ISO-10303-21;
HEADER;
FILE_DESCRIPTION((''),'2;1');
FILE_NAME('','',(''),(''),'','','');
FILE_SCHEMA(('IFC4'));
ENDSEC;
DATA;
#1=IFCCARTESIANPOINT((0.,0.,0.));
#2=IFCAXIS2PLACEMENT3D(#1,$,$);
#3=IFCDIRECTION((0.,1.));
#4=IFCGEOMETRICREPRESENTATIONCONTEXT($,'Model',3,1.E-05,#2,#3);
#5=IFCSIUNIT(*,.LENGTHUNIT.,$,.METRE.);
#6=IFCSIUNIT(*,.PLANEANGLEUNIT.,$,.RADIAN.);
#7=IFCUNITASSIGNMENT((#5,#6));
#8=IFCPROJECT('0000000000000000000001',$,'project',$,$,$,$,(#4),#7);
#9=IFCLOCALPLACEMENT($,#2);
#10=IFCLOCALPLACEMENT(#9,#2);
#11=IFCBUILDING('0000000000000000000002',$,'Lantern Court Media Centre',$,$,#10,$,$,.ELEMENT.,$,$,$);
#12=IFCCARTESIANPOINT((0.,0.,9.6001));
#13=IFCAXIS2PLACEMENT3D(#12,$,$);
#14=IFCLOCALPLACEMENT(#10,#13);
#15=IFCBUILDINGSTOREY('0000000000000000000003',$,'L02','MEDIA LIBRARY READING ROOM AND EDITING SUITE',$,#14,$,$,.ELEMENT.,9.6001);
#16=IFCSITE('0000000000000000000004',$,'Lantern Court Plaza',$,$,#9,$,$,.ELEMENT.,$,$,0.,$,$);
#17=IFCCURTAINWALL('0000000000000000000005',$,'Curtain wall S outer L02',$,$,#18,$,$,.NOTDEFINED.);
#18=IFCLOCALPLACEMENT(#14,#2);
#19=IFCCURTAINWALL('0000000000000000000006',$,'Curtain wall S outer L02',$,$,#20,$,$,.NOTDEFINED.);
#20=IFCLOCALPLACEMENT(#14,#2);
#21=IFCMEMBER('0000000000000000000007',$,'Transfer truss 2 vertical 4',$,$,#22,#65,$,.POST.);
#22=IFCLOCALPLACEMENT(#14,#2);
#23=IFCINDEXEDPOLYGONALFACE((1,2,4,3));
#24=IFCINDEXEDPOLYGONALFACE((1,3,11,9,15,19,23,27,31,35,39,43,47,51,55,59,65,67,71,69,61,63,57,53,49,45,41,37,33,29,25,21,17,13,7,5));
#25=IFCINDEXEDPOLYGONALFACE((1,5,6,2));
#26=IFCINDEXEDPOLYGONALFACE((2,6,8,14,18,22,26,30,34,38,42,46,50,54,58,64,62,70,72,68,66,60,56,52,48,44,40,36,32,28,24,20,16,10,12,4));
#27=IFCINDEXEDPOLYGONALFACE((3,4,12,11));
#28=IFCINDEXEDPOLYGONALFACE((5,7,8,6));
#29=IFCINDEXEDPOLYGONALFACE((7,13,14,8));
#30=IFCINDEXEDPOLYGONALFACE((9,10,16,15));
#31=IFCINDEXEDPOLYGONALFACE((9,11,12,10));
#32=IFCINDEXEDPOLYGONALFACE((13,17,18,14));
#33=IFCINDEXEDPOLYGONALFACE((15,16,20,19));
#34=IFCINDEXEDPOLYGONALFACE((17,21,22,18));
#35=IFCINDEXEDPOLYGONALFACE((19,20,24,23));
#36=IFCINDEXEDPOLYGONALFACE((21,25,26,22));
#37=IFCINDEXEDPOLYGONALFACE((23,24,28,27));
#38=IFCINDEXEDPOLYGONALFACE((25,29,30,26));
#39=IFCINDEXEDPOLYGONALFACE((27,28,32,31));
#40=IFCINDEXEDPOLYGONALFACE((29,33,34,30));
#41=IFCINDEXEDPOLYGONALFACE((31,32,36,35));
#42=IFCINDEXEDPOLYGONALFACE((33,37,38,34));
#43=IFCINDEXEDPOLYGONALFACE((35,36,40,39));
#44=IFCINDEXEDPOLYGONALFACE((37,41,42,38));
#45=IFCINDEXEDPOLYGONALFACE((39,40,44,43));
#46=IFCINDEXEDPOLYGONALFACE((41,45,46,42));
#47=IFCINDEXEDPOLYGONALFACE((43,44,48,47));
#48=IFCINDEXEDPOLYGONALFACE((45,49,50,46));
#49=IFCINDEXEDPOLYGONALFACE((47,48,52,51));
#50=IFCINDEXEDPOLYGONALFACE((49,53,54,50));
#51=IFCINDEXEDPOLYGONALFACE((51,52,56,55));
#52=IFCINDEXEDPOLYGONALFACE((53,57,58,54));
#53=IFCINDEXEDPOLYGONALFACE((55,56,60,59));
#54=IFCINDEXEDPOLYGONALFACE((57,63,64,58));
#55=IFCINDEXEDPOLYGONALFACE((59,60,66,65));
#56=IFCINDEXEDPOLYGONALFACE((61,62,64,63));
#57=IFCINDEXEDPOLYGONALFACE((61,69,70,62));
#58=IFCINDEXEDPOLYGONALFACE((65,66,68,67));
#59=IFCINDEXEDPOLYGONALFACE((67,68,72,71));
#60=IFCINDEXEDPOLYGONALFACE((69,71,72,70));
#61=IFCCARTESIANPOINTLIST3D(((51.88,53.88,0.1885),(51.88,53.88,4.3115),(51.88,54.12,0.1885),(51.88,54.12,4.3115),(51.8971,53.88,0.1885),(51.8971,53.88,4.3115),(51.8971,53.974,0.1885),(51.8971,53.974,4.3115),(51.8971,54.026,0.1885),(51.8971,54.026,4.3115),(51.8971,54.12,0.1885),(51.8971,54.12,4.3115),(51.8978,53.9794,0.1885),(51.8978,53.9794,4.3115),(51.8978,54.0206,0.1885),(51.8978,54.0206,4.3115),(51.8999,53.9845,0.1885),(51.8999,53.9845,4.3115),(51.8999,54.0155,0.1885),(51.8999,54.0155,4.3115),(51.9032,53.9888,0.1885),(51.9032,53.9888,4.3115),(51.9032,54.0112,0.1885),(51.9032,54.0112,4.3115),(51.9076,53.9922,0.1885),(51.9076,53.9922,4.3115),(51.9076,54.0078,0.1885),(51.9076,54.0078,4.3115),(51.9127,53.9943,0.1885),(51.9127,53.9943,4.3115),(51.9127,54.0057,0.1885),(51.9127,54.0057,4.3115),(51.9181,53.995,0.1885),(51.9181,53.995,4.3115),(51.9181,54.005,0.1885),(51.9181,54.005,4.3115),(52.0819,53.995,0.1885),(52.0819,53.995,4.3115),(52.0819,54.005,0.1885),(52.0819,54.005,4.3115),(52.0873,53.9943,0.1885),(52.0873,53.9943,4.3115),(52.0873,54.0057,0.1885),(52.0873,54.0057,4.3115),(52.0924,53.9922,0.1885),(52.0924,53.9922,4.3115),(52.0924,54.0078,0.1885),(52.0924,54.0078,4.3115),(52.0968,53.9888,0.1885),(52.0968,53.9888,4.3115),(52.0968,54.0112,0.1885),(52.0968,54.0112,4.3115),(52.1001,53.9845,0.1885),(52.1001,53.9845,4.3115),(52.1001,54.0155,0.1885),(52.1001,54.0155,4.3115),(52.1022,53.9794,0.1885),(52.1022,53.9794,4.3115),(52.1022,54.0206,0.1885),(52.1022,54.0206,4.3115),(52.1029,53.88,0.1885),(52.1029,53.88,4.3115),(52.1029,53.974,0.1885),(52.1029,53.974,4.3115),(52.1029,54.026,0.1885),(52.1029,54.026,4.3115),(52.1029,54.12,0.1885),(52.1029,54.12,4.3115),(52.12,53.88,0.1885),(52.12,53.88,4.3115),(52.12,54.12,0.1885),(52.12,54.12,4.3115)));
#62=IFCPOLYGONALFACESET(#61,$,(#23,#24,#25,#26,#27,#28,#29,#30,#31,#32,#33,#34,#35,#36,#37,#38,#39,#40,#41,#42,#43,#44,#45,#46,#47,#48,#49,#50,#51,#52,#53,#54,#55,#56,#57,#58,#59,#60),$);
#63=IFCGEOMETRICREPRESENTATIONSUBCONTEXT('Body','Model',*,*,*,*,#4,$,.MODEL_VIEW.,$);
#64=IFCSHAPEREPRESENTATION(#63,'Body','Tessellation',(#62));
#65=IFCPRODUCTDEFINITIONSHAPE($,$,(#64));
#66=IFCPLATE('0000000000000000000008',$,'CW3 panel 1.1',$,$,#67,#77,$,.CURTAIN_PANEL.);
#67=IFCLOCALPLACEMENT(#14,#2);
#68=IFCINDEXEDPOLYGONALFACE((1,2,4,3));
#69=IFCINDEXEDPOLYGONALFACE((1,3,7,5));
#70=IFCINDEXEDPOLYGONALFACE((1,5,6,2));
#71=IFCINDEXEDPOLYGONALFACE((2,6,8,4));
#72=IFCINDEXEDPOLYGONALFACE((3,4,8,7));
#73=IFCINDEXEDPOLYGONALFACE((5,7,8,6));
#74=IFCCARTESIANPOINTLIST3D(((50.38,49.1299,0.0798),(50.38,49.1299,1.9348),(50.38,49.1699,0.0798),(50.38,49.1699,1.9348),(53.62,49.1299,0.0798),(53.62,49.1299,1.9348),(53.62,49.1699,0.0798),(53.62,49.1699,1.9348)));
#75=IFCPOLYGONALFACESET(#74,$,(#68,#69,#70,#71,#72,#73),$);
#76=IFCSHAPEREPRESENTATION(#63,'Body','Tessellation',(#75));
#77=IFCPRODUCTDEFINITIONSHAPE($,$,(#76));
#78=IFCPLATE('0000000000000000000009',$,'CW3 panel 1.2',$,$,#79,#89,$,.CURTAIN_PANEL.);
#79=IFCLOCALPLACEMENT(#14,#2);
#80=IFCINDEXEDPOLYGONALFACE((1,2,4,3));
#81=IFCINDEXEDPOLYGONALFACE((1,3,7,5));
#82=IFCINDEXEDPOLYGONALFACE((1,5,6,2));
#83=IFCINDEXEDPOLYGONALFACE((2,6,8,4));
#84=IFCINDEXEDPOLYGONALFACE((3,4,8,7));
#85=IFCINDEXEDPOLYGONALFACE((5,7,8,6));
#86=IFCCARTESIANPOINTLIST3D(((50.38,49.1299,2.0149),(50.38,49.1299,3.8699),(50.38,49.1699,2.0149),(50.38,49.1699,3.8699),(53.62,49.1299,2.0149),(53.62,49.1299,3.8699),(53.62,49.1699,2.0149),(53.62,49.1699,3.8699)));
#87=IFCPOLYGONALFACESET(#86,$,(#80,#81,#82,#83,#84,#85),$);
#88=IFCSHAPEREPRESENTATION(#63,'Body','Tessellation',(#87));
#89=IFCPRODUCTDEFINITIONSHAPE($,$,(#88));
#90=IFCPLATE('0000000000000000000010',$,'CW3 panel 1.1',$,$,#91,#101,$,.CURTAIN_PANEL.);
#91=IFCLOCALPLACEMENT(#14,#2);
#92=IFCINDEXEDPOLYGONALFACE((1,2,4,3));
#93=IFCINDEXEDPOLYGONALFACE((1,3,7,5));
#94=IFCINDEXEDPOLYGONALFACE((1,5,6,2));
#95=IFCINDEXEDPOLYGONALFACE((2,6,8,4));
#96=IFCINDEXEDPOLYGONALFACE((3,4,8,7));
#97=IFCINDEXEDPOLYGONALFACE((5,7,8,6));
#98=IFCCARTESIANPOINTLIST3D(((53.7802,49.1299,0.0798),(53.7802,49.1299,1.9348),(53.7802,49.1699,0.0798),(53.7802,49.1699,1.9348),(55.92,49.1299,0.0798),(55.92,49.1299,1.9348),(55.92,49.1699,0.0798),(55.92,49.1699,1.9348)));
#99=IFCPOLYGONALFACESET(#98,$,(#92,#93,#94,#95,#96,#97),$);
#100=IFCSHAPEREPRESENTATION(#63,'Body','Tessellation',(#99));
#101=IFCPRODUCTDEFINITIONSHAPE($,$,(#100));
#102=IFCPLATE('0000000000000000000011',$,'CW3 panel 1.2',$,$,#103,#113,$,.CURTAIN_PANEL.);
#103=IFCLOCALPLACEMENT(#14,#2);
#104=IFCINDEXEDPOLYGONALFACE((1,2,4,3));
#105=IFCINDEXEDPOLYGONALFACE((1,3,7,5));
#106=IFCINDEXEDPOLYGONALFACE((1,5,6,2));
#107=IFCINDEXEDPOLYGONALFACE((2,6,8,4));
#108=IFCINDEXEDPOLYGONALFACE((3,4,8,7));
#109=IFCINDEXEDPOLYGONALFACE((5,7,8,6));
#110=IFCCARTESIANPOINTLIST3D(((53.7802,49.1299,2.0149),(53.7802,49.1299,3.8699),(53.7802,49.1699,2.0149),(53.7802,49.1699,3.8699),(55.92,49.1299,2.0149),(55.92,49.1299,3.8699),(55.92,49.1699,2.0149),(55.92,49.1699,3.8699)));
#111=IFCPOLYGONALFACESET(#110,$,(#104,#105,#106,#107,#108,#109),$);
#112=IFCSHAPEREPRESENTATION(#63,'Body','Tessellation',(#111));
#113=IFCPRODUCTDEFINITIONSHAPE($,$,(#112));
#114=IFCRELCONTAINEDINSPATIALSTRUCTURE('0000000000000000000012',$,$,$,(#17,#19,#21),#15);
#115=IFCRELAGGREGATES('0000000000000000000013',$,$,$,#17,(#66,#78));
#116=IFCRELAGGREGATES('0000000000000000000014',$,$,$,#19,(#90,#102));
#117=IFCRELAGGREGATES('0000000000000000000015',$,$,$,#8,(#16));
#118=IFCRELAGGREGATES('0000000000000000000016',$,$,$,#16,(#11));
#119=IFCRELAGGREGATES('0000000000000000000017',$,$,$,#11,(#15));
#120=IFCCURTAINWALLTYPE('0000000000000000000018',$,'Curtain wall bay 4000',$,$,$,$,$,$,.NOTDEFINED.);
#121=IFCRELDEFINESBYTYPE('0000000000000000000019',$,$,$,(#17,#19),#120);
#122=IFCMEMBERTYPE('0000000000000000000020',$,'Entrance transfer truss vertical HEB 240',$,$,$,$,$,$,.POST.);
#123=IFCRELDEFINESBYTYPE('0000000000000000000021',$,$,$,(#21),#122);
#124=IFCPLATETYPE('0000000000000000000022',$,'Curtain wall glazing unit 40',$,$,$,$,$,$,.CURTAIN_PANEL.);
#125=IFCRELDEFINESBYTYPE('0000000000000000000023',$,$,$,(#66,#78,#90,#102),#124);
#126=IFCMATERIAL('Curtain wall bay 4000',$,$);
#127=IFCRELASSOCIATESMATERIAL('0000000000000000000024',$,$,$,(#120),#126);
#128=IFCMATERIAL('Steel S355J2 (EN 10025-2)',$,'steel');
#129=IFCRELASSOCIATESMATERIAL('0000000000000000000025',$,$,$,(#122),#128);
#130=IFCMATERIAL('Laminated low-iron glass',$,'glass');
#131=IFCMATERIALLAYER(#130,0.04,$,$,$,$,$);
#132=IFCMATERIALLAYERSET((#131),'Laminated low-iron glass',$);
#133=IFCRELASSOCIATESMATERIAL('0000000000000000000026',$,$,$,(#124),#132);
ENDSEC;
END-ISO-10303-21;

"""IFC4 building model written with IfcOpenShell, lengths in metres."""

from ifc_helpers import new_model, si_unit, direction, frame, origin, origin_2d, place, context, subcontext, project, spatial, rectangle, i_section, extrude, material, layer, layer_set, material_profile, profile_set, type_object, element, aggregate, save


model = new_model("IFC4")

# Units and contexts
model_context = context("Model", 3, precision=1e-05, world=origin(), true_north=direction((0.0, 1.0)))
body_context = subcontext(model_context, "Body", "Model", "MODEL_VIEW")
ifc_project = project(units=[si_unit("LENGTHUNIT", "METRE"), si_unit("PLANEANGLEUNIT", "RADIAN")], contexts=[model_context])

# Site, building, storey
site_placement = place(None, origin())
site = spatial("IfcSite", under=ifc_project, at=site_placement, Name="Lantern Court Plaza", CompositionType="ELEMENT", RefElevation=0.0)
building_placement = place(site_placement, origin())
building = spatial("IfcBuilding", under=site, at=building_placement, Name="Lantern Court Media Centre", CompositionType="ELEMENT")
storey_placement = place(building_placement, frame((0.0, 0.0, 9.6001)))
storey = spatial("IfcBuildingStorey", under=building, at=storey_placement, Name="L02", Description="MEDIA LIBRARY READING ROOM AND EDITING SUITE", CompositionType="ELEMENT", Elevation=9.6001)

# Shared definitions
ifc_material_1 = material(Name="Curtain wall bay 4000")
curtain_wall_type = type_object("IfcCurtainWallType", Name="Curtain wall bay 4000", PredefinedType="NOTDEFINED", material=ifc_material_1)

# Curtain walls
curtain_wall_1_placement = place(storey_placement, origin())
curtain_wall_1 = element("IfcCurtainWall", 1, at=curtain_wall_1_placement, inside=storey, type_object=curtain_wall_type, Name="Curtain wall S outer L02", PredefinedType="NOTDEFINED")
curtain_wall_2_placement = place(storey_placement, origin())
curtain_wall_2 = element("IfcCurtainWall", 2, at=curtain_wall_2_placement, inside=storey, type_object=curtain_wall_type, Name="Curtain wall S outer L02", PredefinedType="NOTDEFINED")

# Member
ifc_material_2 = material(Name="Steel S355J2 (EN 10025-2)", Category="steel")
ifc_material_profile_1 = material_profile(ifc_material_2, i_section(OverallWidth=0.24, OverallDepth=0.24, WebThickness=0.01, FlangeThickness=0.0171, FilletRadius=0.021, at=origin_2d()), Name="HEB 240")
ifc_profile_set_1 = profile_set([ifc_material_profile_1], Name="Steel S355J2 (EN 10025-2)")
member_type_1 = type_object("IfcMemberType", Name="Entrance transfer truss vertical HEB 240", PredefinedType="POST", material=ifc_profile_set_1)
member_1_placement = place(storey_placement, frame((52.0, 54.0, 0.1885), z_axis=(0.0, 0.0, 1.0), x_axis=(0.0, 1.0, 0.0)))
element("IfcMember", 3, at=member_1_placement, inside=storey, type_object=member_type_1, Name="Transfer truss 2 vertical 4", PredefinedType="POST", context=body_context, shape_type="SweptSolid", body=[
    extrude(i_section(OverallWidth=0.24, OverallDepth=0.24, WebThickness=0.01, FlangeThickness=0.0171, FilletRadius=0.021, at=origin_2d()), origin(), (0.0, 0.0, 1.0), 4.123),
])

# Plates
ifc_material_3 = material(Name="Laminated low-iron glass", Category="glass")
ifc_layer = layer(ifc_material_3, 0.04)
ifc_layer_set = layer_set([ifc_layer], Name="Laminated low-iron glass")
plate_type = type_object("IfcPlateType", Name="Curtain wall glazing unit 40", PredefinedType="CURTAIN_PANEL", material=ifc_layer_set)
plate_1_placement = place(storey_placement, frame((52.0, 49.1499, 0.0798), z_axis=(0.0, 0.0, 1.0), x_axis=(1.0, 0.0, 0.0)))
plate_1 = element("IfcPlate", 4, at=plate_1_placement, type_object=plate_type, Name="CW3 panel 1.1", PredefinedType="CURTAIN_PANEL", context=body_context, shape_type="SweptSolid", body=[
    extrude(rectangle(XDim=3.24, YDim=0.04, at=origin_2d()), origin(), (0.0, 0.0, 1.0), 1.855),
])
plate_2_placement = place(storey_placement, frame((52.0, 49.1499, 2.0149), z_axis=(0.0, 0.0, 1.0), x_axis=(1.0, 0.0, 0.0)))
plate_2 = element("IfcPlate", 5, at=plate_2_placement, type_object=plate_type, Name="CW3 panel 1.2", PredefinedType="CURTAIN_PANEL", context=body_context, shape_type="SweptSolid", body=[
    extrude(rectangle(XDim=3.24, YDim=0.04, at=origin_2d()), origin(), (0.0, 0.0, 1.0), 1.855),
])
aggregate(curtain_wall_1, [plate_1, plate_2])
plate_3_placement = place(storey_placement, frame((54.8501, 49.1499, 0.0798), z_axis=(0.0, 0.0, 1.0), x_axis=(1.0, 0.0, 0.0)))
plate_3 = element("IfcPlate", 6, at=plate_3_placement, type_object=plate_type, Name="CW3 panel 1.1", PredefinedType="CURTAIN_PANEL", context=body_context, shape_type="SweptSolid", body=[
    extrude(rectangle(XDim=2.1399, YDim=0.04, at=origin_2d()), origin(), (0.0, 0.0, 1.0), 1.855),
])
plate_4_placement = place(storey_placement, frame((54.8501, 49.1499, 2.0149), z_axis=(0.0, 0.0, 1.0), x_axis=(1.0, 0.0, 0.0)))
plate_4 = element("IfcPlate", 7, at=plate_4_placement, type_object=plate_type, Name="CW3 panel 1.2", PredefinedType="CURTAIN_PANEL", context=body_context, shape_type="SweptSolid", body=[
    extrude(rectangle(XDim=2.1399, YDim=0.04, at=origin_2d()), origin(), (0.0, 0.0, 1.0), 1.855),
])
aggregate(curtain_wall_2, [plate_3, plate_4])

save(model, "model.ifc")
